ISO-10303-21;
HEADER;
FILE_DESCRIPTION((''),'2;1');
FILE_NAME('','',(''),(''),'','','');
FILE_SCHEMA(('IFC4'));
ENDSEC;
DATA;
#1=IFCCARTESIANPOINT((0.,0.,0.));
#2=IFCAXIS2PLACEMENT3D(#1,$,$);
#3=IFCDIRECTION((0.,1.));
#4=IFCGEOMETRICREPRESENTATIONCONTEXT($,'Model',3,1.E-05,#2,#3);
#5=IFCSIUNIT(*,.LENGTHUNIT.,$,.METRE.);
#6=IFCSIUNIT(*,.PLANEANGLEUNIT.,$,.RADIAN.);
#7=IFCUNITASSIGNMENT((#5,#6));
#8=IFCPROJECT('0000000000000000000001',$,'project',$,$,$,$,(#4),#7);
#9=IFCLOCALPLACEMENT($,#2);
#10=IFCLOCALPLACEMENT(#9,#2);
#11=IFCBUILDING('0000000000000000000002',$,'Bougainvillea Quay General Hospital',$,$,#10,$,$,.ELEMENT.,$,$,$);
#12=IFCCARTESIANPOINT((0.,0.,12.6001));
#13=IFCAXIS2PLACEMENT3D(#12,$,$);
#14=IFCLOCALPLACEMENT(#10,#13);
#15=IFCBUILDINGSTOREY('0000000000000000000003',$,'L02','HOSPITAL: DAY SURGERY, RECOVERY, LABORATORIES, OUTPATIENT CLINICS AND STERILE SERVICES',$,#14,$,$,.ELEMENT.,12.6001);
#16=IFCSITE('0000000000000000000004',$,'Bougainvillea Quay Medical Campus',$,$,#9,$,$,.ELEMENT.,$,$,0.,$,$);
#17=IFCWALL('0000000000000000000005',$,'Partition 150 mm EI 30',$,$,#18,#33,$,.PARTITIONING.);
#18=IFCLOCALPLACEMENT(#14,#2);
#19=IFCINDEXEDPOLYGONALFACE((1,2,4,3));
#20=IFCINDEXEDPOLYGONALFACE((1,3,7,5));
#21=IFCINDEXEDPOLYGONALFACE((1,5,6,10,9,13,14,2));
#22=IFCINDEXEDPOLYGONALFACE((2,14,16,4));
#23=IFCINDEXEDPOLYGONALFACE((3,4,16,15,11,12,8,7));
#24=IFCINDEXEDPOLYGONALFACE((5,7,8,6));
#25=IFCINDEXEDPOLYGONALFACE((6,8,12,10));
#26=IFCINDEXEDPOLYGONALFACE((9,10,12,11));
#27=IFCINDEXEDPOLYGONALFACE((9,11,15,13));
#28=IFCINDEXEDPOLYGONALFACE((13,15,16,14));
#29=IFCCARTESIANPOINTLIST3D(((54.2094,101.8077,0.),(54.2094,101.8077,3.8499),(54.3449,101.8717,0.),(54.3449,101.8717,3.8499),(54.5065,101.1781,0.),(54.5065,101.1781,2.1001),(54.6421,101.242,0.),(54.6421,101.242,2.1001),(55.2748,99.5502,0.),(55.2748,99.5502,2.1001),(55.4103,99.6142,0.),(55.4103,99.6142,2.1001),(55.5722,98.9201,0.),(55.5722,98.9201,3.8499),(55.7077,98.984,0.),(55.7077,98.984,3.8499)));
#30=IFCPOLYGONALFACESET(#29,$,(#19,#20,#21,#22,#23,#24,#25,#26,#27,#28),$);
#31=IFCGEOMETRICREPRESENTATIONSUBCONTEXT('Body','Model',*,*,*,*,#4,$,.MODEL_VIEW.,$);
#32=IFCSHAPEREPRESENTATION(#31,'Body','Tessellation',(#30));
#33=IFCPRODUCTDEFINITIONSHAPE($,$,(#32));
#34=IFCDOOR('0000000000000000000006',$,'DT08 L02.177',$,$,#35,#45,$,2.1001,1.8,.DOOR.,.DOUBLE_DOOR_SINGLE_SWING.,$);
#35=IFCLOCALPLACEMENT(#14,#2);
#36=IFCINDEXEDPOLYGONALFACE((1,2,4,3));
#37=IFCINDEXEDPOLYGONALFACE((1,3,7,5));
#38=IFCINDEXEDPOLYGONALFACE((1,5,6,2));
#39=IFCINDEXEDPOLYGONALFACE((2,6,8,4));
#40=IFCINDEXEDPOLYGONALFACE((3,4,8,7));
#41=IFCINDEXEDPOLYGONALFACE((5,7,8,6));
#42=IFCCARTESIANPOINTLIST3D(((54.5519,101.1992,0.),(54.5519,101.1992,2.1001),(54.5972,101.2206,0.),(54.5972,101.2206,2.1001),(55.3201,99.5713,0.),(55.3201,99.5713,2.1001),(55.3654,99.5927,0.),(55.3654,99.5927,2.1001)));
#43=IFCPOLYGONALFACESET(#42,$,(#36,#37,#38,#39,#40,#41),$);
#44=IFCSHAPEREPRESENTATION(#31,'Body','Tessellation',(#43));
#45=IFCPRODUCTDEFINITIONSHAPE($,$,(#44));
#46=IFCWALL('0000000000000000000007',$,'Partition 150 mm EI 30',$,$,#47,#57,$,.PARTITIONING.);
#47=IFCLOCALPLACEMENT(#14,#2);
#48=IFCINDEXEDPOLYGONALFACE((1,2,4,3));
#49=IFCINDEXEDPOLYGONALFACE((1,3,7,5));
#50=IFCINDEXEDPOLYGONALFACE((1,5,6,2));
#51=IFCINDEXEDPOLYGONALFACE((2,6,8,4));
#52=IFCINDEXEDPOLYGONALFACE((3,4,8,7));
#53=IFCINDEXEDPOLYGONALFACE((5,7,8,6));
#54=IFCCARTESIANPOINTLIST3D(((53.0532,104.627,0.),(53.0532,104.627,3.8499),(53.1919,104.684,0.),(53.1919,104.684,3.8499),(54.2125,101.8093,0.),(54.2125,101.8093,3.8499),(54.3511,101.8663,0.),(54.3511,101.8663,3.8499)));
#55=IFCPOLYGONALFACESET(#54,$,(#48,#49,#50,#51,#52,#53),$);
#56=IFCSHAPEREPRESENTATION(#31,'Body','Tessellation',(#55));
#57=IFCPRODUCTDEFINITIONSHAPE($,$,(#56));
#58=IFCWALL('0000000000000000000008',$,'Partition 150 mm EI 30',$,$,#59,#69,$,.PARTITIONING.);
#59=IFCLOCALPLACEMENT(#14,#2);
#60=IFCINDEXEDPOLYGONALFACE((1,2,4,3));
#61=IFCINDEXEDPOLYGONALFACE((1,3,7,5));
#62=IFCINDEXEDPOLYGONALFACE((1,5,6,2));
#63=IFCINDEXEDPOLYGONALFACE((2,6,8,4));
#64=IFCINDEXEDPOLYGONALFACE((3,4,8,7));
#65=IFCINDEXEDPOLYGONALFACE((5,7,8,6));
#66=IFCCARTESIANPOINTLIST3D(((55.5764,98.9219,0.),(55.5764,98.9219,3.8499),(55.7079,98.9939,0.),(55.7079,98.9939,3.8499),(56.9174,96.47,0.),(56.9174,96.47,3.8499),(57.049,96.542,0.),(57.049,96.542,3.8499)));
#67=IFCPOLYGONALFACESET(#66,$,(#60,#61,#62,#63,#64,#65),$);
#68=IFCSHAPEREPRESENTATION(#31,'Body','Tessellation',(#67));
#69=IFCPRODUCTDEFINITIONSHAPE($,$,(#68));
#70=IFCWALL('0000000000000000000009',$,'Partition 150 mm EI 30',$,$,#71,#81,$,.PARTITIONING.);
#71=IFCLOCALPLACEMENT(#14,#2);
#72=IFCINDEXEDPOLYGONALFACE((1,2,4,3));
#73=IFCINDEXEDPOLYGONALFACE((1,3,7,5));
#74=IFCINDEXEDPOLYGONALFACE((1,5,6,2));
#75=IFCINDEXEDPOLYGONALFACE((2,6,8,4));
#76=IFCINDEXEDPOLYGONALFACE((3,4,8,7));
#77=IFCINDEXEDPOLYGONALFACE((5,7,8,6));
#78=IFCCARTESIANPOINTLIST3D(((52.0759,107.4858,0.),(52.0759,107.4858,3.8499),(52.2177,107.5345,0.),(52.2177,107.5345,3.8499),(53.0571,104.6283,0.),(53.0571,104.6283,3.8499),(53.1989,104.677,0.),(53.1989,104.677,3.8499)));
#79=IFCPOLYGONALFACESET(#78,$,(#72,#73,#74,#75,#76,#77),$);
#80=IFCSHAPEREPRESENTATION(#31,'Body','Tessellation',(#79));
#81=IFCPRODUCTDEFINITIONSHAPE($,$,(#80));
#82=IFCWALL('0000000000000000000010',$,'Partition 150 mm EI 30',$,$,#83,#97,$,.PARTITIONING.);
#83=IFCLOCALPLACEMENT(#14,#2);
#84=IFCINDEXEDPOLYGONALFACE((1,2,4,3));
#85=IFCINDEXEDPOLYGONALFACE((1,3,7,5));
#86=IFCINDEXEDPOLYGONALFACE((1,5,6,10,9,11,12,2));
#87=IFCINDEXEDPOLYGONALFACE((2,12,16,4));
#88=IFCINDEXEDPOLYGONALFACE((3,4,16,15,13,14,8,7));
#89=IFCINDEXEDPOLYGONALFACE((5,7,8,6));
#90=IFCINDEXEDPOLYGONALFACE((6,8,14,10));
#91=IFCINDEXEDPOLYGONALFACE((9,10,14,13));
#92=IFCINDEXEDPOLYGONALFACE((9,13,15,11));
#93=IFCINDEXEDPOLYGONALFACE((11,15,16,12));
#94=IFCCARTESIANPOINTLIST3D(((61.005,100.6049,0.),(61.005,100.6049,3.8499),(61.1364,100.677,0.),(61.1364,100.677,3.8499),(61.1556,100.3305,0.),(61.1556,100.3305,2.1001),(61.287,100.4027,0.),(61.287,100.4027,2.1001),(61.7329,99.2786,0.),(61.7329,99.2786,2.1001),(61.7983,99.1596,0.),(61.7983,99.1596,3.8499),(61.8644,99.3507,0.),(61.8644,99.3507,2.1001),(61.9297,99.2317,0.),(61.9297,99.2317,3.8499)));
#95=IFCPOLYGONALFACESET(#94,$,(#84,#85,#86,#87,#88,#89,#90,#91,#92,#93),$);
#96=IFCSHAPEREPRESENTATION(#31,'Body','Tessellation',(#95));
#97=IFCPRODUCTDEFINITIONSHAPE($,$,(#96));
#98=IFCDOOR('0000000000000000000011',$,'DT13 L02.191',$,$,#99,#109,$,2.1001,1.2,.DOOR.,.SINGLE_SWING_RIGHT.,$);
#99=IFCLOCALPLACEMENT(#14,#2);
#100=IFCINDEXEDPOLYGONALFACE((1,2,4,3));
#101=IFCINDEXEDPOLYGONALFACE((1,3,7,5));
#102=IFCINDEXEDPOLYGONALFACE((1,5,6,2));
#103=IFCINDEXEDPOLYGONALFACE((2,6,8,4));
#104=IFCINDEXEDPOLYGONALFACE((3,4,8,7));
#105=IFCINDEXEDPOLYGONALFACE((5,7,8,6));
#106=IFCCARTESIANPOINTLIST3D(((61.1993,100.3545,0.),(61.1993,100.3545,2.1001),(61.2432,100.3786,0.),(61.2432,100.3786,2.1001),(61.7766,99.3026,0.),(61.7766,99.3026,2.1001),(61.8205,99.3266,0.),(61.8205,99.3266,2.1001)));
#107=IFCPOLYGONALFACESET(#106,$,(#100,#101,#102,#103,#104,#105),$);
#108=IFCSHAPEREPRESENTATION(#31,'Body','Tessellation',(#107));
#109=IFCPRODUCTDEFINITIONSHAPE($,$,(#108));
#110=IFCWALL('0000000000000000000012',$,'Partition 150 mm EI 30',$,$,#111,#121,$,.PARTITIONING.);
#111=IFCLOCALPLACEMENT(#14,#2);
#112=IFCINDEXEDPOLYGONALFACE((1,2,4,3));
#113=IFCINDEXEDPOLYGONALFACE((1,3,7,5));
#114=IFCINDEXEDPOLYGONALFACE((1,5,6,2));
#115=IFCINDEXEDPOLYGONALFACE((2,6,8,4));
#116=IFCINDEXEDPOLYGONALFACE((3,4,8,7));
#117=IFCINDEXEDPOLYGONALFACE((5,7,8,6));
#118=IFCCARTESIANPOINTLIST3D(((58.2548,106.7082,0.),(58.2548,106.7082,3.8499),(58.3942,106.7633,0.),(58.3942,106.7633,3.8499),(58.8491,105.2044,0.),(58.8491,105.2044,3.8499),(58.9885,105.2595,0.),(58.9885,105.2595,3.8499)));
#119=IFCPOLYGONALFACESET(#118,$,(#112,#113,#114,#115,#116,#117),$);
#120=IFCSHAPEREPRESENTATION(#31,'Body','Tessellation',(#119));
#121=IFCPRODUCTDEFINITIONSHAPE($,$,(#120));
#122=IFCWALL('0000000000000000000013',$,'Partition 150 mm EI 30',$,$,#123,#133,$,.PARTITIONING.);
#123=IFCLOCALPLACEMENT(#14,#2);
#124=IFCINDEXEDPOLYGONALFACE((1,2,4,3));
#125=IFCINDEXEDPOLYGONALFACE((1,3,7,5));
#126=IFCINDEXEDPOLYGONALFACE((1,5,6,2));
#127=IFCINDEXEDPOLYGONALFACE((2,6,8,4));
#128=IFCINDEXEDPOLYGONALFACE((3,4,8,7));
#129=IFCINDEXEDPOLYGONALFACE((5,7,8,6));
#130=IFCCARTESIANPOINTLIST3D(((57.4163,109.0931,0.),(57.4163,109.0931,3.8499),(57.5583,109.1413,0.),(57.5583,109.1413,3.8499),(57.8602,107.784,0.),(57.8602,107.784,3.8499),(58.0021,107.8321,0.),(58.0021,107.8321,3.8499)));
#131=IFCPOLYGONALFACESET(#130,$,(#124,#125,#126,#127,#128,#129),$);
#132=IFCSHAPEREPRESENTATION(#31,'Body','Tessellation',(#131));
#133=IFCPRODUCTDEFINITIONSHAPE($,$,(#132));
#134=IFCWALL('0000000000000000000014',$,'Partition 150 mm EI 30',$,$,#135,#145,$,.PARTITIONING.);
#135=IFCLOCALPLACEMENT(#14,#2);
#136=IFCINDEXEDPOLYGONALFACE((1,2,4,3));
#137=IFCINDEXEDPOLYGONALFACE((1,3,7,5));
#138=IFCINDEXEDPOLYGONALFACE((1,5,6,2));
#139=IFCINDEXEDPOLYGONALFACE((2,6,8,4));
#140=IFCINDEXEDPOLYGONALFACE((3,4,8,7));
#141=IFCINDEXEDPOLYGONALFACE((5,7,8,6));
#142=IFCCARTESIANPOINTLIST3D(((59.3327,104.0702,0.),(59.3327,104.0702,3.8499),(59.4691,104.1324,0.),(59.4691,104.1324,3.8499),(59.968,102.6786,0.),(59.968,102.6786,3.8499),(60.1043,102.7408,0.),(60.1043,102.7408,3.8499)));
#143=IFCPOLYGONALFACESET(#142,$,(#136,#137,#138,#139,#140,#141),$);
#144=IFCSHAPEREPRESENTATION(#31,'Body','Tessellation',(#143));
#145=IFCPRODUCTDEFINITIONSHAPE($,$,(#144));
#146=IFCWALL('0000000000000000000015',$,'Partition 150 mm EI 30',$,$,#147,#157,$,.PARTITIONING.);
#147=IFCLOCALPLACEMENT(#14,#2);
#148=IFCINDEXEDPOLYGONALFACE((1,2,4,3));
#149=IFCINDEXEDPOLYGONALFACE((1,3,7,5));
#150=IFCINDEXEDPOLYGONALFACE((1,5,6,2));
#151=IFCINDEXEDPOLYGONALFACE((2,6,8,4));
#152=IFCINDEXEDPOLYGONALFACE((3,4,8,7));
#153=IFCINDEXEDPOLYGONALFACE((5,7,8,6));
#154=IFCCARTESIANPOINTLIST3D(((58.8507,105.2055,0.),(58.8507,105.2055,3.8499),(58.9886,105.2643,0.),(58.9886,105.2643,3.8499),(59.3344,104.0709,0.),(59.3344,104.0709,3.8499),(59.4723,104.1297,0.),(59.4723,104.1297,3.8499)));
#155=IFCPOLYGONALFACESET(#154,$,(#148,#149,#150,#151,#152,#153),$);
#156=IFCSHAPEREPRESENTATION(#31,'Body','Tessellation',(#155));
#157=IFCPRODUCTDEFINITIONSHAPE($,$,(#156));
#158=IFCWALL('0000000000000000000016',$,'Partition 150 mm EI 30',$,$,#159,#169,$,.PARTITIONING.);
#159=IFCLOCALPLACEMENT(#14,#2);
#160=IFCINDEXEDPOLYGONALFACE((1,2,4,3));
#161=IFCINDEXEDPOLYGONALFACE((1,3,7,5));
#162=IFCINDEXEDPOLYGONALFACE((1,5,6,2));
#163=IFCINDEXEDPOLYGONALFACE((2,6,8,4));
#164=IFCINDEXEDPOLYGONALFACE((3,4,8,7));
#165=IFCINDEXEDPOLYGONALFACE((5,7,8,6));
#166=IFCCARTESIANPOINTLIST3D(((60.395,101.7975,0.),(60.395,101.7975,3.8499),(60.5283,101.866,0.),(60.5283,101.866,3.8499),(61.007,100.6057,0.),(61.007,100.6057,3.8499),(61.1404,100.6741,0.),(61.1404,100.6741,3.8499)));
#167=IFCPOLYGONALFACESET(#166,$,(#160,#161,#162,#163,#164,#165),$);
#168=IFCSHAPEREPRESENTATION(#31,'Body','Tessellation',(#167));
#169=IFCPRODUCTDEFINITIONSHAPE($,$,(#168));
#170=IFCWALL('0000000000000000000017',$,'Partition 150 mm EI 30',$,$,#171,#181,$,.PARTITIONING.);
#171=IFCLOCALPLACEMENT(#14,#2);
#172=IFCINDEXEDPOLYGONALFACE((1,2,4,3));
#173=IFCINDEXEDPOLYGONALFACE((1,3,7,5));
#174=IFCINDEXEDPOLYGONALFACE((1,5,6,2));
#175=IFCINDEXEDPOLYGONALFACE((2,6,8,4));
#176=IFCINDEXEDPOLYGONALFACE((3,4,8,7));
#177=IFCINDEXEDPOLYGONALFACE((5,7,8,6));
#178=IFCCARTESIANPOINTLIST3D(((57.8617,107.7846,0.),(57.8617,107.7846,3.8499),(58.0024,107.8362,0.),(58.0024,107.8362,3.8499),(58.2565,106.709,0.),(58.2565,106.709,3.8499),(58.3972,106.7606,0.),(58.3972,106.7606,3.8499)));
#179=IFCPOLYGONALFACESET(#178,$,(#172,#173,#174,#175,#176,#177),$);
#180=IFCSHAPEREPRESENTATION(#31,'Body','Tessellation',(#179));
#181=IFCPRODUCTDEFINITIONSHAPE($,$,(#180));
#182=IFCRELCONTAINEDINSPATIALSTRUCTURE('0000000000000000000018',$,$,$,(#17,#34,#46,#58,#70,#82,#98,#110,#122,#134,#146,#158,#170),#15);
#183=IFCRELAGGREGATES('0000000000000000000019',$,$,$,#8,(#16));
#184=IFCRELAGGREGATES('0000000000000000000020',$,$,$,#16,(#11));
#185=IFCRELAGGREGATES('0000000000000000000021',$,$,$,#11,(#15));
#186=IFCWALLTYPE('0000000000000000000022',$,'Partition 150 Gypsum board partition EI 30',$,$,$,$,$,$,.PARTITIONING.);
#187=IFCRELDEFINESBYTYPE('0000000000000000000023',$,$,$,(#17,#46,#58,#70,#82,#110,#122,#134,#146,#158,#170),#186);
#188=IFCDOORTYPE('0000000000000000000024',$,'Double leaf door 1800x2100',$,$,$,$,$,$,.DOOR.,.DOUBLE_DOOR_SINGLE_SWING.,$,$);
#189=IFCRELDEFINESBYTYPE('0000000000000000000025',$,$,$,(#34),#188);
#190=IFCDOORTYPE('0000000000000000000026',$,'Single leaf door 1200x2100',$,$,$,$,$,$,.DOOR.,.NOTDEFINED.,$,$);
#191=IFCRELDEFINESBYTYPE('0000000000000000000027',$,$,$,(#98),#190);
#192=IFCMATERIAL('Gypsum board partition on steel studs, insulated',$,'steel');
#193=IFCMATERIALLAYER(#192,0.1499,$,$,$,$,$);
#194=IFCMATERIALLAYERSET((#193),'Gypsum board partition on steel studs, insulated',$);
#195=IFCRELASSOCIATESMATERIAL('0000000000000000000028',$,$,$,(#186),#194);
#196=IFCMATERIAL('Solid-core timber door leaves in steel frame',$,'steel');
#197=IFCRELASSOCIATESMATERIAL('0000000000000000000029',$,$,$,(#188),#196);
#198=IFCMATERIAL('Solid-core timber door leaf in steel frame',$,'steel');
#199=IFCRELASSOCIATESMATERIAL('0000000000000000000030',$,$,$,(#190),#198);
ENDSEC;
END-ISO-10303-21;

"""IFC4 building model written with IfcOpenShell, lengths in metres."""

from ifc_helpers import new_model, si_unit, direction, frame, frame_2d, origin, place, context, subcontext, project, spatial, rectangle, extrude, material, layer, layer_set, type_object, element, fill, save


model = new_model("IFC4")

# Units and contexts
model_context = context("Model", 3, precision=1e-05, world=origin(), true_north=direction((0.0, 1.0)))
body_context = subcontext(model_context, "Body", "Model", "MODEL_VIEW")
ifc_project = project(units=[si_unit("LENGTHUNIT", "METRE"), si_unit("PLANEANGLEUNIT", "RADIAN")], contexts=[model_context])

# Site, building, storey
site_placement = place(None, origin())
site = spatial("IfcSite", under=ifc_project, at=site_placement, Name="Bougainvillea Quay Medical Campus", CompositionType="ELEMENT", RefElevation=0.0)
building_placement = place(site_placement, origin())
building = spatial("IfcBuilding", under=site, at=building_placement, Name="Bougainvillea Quay General Hospital", CompositionType="ELEMENT")
storey_placement = place(building_placement, frame((0.0, 0.0, 12.6001)))
storey = spatial("IfcBuildingStorey", under=building, at=storey_placement, Name="L02", Description="HOSPITAL: DAY SURGERY, RECOVERY, LABORATORIES, OUTPATIENT CLINICS AND STERILE SERVICES", CompositionType="ELEMENT", Elevation=12.6001)

# Shared definitions
ifc_material_1 = material(Name="Gypsum board partition on steel studs, insulated", Category="steel")
ifc_layer_1 = layer(ifc_material_1, 0.1499)
ifc_layer_set_1 = layer_set([ifc_layer_1], Name="Gypsum board partition on steel studs, insulated")
wall_type_1 = type_object("IfcWallType", Name="Partition 150 Gypsum board partition EI 30", PredefinedType="PARTITIONING", material=ifc_layer_set_1)
ifc_material_2 = material(Name="Solid-core timber door leaf in steel frame", Category="steel")

# Wall, opening, door
wall_1_placement = place(storey_placement, frame((54.2771, 101.8398, 0.0), z_axis=(0.0, 0.0, 1.0), x_axis=(0.426791, -0.90435, 0.0)))
wall_1 = element("IfcWall", 1, at=wall_1_placement, inside=storey, type_object=wall_type_1, Name="Partition 150 mm EI 30", PredefinedType="PARTITIONING", context=body_context, shape_type="SweptSolid", body=[
    extrude(rectangle(XDim=3.1931, YDim=0.1499, at=frame_2d((1.5967, 0.0))), origin(), (0.0, 0.0, 1.0), 3.8499),
])
opening_1_placement = place(wall_1_placement, frame((0.6965, 0.0, 0.0)))
opening_1 = element("IfcOpeningElement", 2, at=opening_1_placement, cuts=wall_1, PredefinedType="OPENING", context=body_context, shape_type="SweptSolid", body=[
    extrude(rectangle(XDim=1.8, YDim=2.1001, at=frame_2d((0.8999, 1.05))), frame((0.0, 0.085, 0.0), z_axis=(0.0, -1.0, 0.0), x_axis=(1.0, 0.0, 0.0)), (0.0, 0.0, 1.0), 0.1699),
])
ifc_material_3 = material(Name="Solid-core timber door leaves in steel frame", Category="steel")
door_type_1 = type_object("IfcDoorType", Name="Double leaf door 1800x2100", OperationType="DOUBLE_DOOR_SINGLE_SWING", PredefinedType="DOOR", material=ifc_material_3)
door_1_placement = place(opening_1_placement, frame((1.8, 0.0, 0.0), z_axis=(0.0, 0.0, 1.0), x_axis=(-1.0, 0.0, 0.0)))
door_1 = element("IfcDoor", 3, at=door_1_placement, inside=storey, type_object=door_type_1, Name="DT08 L02.177", OperationType="DOUBLE_DOOR_SINGLE_SWING", OverallHeight=2.1001, OverallWidth=1.8, PredefinedType="DOOR", context=body_context, shape_type="SweptSolid", body=[
    extrude(rectangle(XDim=1.8, YDim=2.1001, at=frame_2d((0.8999, 1.05))), frame((0.0, 0.0249, 0.0), z_axis=(0.0, -1.0, 0.0), x_axis=(1.0, 0.0, 0.0)), (0.0, 0.0, 1.0), 0.05),
])
fill(opening_1, door_1)

# Walls
wall_2_placement = place(storey_placement, frame((53.1226, 104.6555, 0.0), z_axis=(0.0, 0.0, 1.0), x_axis=(0.380464, -0.924796, 0.0)))
element("IfcWall", 4, at=wall_2_placement, inside=storey, type_object=wall_type_1, Name="Partition 150 mm EI 30", PredefinedType="PARTITIONING", context=body_context, shape_type="SweptSolid", body=[
    extrude(rectangle(XDim=3.0469, YDim=0.1499, at=frame_2d((1.5234, 0.0))), origin(), (0.0, 0.0, 1.0), 3.8499),
])
wall_3_placement = place(storey_placement, frame((55.6421, 98.958, 0.0), z_axis=(0.0, 0.0, 1.0), x_axis=(0.479862, -0.877344, 0.0)))
element("IfcWall", 5, at=wall_3_placement, inside=storey, type_object=wall_type_1, Name="Partition 150 mm EI 30", PredefinedType="PARTITIONING", context=body_context, shape_type="SweptSolid", body=[
    extrude(rectangle(XDim=2.7947, YDim=0.1499, at=frame_2d((1.3975, 0.0))), origin(), (0.0, 0.0, 1.0), 3.8499),
])
wall_4_placement = place(storey_placement, frame((52.1467, 107.5103, 0.0), z_axis=(0.0, 0.0, 1.0), x_axis=(0.324773, -0.945792, 0.0)))
element("IfcWall", 6, at=wall_4_placement, inside=storey, type_object=wall_type_1, Name="Partition 150 mm EI 30", PredefinedType="PARTITIONING", context=body_context, shape_type="SweptSolid", body=[
    extrude(rectangle(XDim=3.0212, YDim=0.1499, at=frame_2d((1.5107, 0.0))), origin(), (0.0, 0.0, 1.0), 3.8499),
])

# Wall, opening, door
wall_5_placement = place(storey_placement, frame((61.0708, 100.6409, 0.0), z_axis=(0.0, 0.0, 1.0), x_axis=(0.481123, -0.876653, 0.0)))
wall_5 = element("IfcWall", 7, at=wall_5_placement, inside=storey, type_object=wall_type_1, Name="Partition 150 mm EI 30", PredefinedType="PARTITIONING", context=body_context, shape_type="SweptSolid", body=[
    extrude(rectangle(XDim=1.6487, YDim=0.1499, at=frame_2d((0.8242, 0.0))), origin(), (0.0, 0.0, 1.0), 3.8499),
])
opening_2_placement = place(wall_5_placement, frame((0.3127, 0.0, 0.0)))
opening_2 = element("IfcOpeningElement", 8, at=opening_2_placement, cuts=wall_5, PredefinedType="OPENING", context=body_context, shape_type="SweptSolid", body=[
    extrude(rectangle(XDim=1.2, YDim=2.1001, at=frame_2d((0.6001, 1.05))), frame((0.0, 0.085, 0.0), z_axis=(0.0, -1.0, 0.0), x_axis=(1.0, 0.0, 0.0)), (0.0, 0.0, 1.0), 0.1699),
])
door_type_2 = type_object("IfcDoorType", Name="Single leaf door 1200x2100", OperationType="NOTDEFINED", PredefinedType="DOOR", material=ifc_material_2)
door_2_placement = place(opening_2_placement, origin())
door_2 = element("IfcDoor", 9, at=door_2_placement, inside=storey, type_object=door_type_2, Name="DT13 L02.191", OperationType="SINGLE_SWING_RIGHT", OverallHeight=2.1001, OverallWidth=1.2, PredefinedType="DOOR", context=body_context, shape_type="SweptSolid", body=[
    extrude(rectangle(XDim=1.2, YDim=2.1001, at=frame_2d((0.6001, 1.05))), frame((0.0, 0.0249, 0.0), z_axis=(0.0, -1.0, 0.0), x_axis=(1.0, 0.0, 0.0)), (0.0, 0.0, 1.0), 0.05),
])
fill(opening_2, door_2)

# Walls
wall_6_placement = place(storey_placement, frame((58.3245, 106.7358, 0.0), z_axis=(0.0, 0.0, 1.0), x_axis=(0.367534, -0.93001, 0.0)))
element("IfcWall", 10, at=wall_6_placement, inside=storey, type_object=wall_type_1, Name="Partition 150 mm EI 30", PredefinedType="PARTITIONING", context=body_context, shape_type="SweptSolid", body=[
    extrude(rectangle(XDim=1.6169, YDim=0.1499, at=frame_2d((0.8086, 0.0))), origin(), (0.0, 0.0, 1.0), 3.8499),
])
wall_7_placement = place(storey_placement, frame((57.4873, 109.1172, 0.0), z_axis=(0.0, 0.0, 1.0), x_axis=(0.321098, -0.947046, 0.0)))
element("IfcWall", 11, at=wall_7_placement, inside=storey, type_object=wall_type_1, Name="Partition 150 mm EI 30", PredefinedType="PARTITIONING", context=body_context, shape_type="SweptSolid", body=[
    extrude(rectangle(XDim=1.3823, YDim=0.1499, at=frame_2d((0.6912, 0.0))), origin(), (0.0, 0.0, 1.0), 3.8499),
])
wall_8_placement = place(storey_placement, frame((59.4009, 104.1013, 0.0), z_axis=(0.0, 0.0, 1.0), x_axis=(0.415269, -0.909698, 0.0)))
element("IfcWall", 12, at=wall_8_placement, inside=storey, type_object=wall_type_1, Name="Partition 150 mm EI 30", PredefinedType="PARTITIONING", context=body_context, shape_type="SweptSolid", body=[
    extrude(rectangle(XDim=1.5298, YDim=0.1499, at=frame_2d((0.7649, 0.0))), origin(), (0.0, 0.0, 1.0), 3.8499),
])
wall_9_placement = place(storey_placement, frame((58.9197, 105.2349, 0.0), z_axis=(0.0, 0.0, 1.0), x_axis=(0.392151, -0.919901, 0.0)))
element("IfcWall", 13, at=wall_9_placement, inside=storey, type_object=wall_type_1, Name="Partition 150 mm EI 30", PredefinedType="PARTITIONING", context=body_context, shape_type="SweptSolid", body=[
    extrude(rectangle(XDim=1.2334, YDim=0.1499, at=frame_2d((0.6167, 0.0))), origin(), (0.0, 0.0, 1.0), 3.8499),
])
wall_10_placement = place(storey_placement, frame((60.4617, 101.8318, 0.0), z_axis=(0.0, 0.0, 1.0), x_axis=(0.456809, -0.889565, 0.0)))
element("IfcWall", 14, at=wall_10_placement, inside=storey, type_object=wall_type_1, Name="Partition 150 mm EI 30", PredefinedType="PARTITIONING", context=body_context, shape_type="SweptSolid", body=[
    extrude(rectangle(XDim=1.3398, YDim=0.1499, at=frame_2d((0.6699, 0.0))), origin(), (0.0, 0.0, 1.0), 3.8499),
])
wall_11_placement = place(storey_placement, frame((57.9321, 107.8103, 0.0), z_axis=(0.0, 0.0, 1.0), x_axis=(0.34453, -0.938775, 0.0)))
element("IfcWall", 15, at=wall_11_placement, inside=storey, type_object=wall_type_1, Name="Partition 150 mm EI 30", PredefinedType="PARTITIONING", context=body_context, shape_type="SweptSolid", body=[
    extrude(rectangle(XDim=1.1458, YDim=0.1499, at=frame_2d((0.5728, 0.0))), origin(), (0.0, 0.0, 1.0), 3.8499),
])

save(model, "model.ifc")
